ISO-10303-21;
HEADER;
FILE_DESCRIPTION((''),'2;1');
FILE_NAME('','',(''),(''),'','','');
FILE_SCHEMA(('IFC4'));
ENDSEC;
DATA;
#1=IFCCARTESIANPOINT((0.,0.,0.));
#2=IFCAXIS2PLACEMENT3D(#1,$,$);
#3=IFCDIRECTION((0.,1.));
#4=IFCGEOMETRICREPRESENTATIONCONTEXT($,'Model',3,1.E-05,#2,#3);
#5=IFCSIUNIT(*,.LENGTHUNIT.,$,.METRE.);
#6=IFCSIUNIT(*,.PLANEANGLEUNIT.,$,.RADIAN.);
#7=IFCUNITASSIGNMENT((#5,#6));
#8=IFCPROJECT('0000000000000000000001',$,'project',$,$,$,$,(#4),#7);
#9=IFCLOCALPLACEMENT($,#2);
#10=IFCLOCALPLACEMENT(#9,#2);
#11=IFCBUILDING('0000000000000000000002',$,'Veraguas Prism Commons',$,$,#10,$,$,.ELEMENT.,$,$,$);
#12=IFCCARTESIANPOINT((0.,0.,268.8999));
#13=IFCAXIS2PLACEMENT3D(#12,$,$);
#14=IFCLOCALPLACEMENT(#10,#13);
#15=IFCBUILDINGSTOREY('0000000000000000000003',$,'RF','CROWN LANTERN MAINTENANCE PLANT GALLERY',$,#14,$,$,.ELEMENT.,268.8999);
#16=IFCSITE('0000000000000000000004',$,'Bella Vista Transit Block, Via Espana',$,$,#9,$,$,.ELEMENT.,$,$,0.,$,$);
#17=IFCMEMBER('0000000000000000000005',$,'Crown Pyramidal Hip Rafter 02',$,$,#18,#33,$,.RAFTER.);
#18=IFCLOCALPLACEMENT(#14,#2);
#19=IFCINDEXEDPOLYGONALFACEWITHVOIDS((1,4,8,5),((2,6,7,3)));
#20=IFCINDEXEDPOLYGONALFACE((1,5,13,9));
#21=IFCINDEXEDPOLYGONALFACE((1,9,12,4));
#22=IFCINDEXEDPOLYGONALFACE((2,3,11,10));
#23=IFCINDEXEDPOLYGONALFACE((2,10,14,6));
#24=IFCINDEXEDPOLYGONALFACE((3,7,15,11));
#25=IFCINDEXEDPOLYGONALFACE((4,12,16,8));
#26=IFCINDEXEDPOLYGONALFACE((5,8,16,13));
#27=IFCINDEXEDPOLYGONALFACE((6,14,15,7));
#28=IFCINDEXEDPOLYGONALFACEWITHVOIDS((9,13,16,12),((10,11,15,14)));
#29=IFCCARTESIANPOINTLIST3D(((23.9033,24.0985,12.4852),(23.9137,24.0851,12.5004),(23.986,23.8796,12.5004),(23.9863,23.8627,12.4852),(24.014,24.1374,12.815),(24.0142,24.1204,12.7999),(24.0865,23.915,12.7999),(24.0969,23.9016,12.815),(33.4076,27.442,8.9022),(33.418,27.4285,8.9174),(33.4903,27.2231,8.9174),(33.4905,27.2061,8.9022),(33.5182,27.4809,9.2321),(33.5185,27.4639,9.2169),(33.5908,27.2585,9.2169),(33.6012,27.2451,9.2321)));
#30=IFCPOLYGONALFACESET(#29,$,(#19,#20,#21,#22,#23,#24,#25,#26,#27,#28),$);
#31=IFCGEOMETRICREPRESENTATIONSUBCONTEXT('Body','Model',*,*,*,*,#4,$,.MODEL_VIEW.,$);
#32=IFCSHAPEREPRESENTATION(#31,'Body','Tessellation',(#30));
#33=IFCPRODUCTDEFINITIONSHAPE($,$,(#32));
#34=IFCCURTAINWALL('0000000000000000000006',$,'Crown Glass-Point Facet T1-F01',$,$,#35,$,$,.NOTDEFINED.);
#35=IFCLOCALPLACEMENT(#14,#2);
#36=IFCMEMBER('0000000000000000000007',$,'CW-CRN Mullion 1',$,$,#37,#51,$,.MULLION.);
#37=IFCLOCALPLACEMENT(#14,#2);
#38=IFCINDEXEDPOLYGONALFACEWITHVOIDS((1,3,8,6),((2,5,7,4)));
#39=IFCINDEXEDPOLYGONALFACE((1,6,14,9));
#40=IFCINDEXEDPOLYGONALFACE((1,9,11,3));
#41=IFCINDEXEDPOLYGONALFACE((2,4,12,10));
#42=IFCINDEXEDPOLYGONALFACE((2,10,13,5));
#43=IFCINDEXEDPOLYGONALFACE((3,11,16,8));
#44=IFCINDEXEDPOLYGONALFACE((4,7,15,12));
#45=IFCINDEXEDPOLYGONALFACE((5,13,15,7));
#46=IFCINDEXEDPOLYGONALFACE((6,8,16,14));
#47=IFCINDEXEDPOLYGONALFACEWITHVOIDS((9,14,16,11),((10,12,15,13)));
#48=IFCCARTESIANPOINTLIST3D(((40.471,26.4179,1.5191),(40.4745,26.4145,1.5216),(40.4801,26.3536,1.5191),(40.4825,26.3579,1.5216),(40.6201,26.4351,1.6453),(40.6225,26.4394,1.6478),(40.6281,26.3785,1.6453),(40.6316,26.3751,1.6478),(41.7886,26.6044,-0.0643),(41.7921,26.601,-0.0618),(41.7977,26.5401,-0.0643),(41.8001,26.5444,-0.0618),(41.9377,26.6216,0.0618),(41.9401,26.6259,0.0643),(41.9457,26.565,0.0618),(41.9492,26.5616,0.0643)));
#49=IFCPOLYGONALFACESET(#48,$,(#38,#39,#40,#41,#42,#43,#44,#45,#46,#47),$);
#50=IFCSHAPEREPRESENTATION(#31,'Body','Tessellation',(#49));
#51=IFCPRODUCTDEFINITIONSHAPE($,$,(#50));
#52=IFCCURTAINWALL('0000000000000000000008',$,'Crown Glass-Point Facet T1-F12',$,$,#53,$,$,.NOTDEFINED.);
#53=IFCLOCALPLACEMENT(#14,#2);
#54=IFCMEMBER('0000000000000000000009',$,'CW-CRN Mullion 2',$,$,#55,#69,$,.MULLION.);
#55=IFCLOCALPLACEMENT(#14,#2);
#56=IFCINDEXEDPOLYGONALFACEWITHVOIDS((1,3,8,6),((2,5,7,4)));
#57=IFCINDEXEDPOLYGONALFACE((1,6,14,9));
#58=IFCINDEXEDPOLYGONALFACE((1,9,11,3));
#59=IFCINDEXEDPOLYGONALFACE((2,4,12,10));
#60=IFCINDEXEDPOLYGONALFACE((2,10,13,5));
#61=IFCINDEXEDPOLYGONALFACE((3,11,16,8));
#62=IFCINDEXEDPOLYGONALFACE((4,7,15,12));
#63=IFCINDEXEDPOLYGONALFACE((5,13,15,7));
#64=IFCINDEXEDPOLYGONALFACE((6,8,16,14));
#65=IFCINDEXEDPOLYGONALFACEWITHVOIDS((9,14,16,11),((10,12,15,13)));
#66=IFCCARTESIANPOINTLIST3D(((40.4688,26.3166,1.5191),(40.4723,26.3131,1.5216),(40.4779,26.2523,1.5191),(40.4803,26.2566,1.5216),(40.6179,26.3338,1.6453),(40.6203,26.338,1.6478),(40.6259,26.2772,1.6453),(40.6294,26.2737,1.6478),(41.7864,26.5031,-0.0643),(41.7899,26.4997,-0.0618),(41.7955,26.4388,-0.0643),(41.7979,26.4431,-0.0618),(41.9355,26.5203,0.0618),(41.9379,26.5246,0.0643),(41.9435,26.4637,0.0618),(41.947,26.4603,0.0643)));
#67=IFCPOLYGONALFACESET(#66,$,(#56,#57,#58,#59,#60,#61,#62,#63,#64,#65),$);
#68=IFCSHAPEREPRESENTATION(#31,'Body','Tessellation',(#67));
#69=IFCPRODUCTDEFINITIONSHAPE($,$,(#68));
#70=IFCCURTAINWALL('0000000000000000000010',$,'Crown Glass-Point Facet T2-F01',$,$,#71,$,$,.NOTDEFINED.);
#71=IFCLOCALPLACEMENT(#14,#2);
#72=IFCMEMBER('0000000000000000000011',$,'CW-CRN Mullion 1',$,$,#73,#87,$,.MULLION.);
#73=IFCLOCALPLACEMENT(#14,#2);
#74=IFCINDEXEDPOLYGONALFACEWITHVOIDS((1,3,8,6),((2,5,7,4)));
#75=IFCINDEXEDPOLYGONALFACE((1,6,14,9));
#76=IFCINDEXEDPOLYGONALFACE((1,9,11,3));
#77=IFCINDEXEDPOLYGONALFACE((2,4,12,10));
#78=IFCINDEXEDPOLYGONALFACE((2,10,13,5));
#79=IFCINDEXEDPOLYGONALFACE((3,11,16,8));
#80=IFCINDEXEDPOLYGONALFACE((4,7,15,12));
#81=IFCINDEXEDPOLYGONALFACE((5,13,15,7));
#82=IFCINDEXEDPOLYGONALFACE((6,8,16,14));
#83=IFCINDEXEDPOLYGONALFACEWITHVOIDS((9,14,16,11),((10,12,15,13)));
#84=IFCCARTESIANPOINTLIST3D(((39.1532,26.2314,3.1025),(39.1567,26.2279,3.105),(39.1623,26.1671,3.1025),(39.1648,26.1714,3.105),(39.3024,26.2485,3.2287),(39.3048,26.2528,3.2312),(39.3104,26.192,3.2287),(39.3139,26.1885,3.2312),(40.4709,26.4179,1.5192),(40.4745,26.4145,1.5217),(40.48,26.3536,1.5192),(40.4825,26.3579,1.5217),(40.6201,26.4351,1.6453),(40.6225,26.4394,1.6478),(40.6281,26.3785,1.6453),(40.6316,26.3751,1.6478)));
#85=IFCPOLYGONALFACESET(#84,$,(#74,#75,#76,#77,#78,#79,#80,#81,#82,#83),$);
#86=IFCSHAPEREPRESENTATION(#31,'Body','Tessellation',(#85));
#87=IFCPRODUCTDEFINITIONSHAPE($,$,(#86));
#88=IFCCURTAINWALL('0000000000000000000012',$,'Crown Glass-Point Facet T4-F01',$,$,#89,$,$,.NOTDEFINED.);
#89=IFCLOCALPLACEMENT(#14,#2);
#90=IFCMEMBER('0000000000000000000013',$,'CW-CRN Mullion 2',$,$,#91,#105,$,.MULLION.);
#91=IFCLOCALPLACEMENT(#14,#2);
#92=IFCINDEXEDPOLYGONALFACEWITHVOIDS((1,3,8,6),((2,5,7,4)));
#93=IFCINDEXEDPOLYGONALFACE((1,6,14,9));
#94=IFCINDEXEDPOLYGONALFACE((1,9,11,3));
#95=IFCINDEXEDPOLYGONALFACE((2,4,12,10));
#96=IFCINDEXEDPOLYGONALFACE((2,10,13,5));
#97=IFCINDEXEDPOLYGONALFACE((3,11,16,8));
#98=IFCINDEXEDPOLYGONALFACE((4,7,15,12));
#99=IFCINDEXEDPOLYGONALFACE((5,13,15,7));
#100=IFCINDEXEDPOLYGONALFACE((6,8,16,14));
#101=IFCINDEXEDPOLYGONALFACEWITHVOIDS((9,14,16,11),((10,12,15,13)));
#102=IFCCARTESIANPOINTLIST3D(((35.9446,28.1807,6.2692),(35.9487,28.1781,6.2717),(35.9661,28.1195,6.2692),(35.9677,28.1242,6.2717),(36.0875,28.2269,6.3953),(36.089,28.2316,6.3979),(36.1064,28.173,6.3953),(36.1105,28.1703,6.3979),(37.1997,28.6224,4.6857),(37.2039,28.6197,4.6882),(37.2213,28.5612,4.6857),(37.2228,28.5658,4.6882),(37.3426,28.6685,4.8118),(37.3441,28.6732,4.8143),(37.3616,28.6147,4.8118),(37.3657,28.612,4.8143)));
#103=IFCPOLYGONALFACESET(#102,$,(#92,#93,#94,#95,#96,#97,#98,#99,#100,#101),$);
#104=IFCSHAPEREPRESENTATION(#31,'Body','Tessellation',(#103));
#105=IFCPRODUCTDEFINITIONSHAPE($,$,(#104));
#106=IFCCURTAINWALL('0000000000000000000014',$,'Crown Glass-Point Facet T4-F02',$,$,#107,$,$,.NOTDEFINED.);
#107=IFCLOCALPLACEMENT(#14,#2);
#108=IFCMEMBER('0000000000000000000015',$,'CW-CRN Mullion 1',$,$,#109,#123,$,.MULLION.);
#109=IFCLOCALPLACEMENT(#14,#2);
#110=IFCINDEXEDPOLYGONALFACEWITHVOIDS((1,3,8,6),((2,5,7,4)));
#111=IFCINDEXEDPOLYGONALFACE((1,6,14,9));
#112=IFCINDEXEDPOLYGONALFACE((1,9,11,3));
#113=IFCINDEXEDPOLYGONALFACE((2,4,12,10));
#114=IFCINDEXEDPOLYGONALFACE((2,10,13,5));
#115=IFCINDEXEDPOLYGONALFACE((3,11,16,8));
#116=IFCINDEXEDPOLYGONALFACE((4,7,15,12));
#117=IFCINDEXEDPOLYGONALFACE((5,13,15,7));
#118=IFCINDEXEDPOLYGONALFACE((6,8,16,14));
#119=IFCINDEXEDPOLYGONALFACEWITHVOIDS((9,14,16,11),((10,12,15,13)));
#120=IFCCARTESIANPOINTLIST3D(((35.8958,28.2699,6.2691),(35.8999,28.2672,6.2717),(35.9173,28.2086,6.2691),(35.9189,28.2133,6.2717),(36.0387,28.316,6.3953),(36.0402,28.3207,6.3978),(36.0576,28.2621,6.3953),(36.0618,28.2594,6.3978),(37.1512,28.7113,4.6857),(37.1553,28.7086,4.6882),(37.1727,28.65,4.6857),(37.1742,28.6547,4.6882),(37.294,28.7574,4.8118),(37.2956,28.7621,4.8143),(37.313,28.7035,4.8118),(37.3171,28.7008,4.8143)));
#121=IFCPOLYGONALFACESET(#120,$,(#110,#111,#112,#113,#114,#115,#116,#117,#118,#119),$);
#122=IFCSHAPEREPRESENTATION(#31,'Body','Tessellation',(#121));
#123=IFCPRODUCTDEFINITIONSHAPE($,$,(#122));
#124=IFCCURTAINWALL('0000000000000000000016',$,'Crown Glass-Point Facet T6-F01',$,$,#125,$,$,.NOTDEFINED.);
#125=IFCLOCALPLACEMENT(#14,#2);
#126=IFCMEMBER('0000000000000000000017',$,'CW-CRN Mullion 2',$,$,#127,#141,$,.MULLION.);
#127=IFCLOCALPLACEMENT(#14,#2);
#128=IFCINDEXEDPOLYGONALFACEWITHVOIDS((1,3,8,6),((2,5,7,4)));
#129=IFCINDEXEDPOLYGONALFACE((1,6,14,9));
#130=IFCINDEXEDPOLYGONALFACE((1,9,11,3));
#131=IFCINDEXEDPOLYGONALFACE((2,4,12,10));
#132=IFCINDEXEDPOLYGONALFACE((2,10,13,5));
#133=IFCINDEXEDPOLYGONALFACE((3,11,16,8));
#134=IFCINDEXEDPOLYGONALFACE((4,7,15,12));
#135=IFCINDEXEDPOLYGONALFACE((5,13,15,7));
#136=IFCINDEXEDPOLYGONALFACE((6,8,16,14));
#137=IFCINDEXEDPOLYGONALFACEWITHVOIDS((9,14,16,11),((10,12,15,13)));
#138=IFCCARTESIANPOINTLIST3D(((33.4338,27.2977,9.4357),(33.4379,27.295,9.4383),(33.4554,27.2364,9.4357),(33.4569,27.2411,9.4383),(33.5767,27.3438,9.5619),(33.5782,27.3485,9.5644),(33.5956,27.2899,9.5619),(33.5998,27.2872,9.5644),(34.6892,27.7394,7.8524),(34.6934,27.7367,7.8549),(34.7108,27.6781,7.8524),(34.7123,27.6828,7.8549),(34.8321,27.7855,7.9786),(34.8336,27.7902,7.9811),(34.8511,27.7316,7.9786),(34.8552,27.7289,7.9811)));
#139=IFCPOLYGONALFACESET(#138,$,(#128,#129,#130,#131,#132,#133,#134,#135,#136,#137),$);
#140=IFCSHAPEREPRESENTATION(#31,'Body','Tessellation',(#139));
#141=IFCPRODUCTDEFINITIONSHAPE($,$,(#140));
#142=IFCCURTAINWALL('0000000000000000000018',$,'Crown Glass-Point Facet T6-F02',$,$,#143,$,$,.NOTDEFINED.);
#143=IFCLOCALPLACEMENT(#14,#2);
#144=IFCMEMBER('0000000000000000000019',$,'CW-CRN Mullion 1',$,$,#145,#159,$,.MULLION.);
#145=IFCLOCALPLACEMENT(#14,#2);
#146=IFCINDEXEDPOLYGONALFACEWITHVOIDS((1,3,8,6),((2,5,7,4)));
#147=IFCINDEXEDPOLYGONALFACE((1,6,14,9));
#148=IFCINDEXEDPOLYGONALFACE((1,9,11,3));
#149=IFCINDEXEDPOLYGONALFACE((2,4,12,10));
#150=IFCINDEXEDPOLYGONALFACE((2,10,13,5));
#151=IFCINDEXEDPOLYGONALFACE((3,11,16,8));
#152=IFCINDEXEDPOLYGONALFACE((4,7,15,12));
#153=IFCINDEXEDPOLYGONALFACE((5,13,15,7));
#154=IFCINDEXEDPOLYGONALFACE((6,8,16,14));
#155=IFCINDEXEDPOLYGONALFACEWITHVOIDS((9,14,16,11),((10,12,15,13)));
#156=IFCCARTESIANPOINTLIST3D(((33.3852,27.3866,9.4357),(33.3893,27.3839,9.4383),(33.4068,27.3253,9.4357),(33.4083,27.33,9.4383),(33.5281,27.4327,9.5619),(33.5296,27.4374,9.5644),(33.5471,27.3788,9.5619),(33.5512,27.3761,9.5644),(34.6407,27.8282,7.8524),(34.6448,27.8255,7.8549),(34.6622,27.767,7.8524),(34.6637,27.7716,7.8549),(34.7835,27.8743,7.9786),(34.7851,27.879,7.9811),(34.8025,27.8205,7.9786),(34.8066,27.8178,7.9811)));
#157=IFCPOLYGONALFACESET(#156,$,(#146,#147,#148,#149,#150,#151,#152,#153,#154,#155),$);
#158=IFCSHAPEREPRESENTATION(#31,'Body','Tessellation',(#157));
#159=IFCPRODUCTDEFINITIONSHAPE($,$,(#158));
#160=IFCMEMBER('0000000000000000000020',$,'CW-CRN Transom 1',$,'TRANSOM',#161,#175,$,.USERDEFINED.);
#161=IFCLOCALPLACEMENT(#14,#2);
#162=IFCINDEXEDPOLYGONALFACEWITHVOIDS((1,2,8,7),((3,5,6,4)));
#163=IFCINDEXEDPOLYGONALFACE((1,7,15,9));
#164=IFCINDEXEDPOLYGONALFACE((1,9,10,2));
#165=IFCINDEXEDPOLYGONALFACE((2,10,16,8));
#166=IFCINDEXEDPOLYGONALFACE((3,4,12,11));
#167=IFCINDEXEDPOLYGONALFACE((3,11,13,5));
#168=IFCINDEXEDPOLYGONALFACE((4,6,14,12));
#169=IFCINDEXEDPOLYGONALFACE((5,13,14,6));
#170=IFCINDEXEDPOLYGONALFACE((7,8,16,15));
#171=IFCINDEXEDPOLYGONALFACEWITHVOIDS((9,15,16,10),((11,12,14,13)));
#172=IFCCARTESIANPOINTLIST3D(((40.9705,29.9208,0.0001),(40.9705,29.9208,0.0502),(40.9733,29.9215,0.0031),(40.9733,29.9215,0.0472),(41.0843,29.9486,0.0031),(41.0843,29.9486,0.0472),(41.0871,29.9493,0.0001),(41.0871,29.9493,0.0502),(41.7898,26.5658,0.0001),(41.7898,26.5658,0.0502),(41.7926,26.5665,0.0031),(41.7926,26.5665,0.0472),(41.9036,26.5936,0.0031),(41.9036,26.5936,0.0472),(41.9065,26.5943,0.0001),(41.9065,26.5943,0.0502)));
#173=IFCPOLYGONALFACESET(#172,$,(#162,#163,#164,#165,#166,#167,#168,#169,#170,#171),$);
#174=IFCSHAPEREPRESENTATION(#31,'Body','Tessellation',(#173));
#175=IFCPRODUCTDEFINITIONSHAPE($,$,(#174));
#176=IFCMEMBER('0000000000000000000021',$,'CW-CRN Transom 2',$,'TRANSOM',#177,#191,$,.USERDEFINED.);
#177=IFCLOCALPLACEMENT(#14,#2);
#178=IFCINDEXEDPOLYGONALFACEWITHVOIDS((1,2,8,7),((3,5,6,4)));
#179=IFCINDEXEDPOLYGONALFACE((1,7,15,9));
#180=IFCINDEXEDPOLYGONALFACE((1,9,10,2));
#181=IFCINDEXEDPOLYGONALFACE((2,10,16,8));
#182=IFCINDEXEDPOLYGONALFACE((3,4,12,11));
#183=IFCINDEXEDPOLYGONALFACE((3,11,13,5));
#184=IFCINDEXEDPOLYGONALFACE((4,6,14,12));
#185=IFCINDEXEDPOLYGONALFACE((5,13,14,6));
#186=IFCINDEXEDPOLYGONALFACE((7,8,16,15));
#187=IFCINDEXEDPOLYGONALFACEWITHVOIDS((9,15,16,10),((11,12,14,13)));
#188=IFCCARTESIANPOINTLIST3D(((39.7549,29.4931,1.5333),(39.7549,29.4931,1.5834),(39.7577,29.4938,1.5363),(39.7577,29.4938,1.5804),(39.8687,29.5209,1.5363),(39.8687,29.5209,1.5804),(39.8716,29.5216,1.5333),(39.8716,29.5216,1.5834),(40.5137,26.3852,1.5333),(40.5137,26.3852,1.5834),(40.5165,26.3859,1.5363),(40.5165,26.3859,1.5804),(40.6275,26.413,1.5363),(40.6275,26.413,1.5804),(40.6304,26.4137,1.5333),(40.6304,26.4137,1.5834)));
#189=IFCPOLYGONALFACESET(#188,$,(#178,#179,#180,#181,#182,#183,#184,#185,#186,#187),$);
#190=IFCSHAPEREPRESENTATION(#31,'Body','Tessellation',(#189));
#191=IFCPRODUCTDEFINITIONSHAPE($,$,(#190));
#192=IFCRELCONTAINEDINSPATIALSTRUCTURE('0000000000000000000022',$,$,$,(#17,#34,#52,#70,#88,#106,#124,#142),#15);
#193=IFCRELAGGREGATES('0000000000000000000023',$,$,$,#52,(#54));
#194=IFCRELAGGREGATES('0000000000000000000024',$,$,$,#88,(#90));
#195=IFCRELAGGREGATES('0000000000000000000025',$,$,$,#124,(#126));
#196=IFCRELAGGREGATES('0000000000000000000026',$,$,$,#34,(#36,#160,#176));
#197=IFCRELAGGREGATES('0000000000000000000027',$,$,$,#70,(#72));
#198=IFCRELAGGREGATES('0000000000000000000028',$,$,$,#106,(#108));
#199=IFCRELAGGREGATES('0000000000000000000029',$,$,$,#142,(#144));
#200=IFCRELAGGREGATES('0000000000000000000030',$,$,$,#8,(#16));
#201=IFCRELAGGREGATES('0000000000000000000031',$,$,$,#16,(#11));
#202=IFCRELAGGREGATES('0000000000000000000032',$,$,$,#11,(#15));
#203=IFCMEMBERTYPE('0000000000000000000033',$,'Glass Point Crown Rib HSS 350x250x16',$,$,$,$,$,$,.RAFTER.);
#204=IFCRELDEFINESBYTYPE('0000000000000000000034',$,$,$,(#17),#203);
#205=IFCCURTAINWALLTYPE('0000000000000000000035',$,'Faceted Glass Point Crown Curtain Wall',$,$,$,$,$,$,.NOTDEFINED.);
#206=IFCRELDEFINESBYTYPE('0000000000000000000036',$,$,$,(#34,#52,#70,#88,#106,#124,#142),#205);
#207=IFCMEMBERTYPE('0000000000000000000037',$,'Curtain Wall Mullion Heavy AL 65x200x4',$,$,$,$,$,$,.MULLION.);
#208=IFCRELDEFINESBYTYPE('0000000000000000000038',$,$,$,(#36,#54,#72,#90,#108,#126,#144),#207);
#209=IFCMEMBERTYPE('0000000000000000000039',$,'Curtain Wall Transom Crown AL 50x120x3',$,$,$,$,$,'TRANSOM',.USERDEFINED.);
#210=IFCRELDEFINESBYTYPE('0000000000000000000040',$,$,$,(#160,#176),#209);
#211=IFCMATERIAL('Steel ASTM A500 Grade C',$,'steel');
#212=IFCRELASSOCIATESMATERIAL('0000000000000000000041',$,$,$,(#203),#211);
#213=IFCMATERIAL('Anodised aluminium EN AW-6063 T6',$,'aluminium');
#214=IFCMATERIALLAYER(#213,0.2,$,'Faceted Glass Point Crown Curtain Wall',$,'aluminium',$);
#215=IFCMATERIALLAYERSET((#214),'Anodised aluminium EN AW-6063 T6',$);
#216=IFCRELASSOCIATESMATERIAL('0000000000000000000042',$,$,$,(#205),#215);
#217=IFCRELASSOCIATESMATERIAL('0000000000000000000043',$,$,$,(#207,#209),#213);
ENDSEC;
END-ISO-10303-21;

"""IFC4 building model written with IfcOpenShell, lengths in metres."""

from ifc_helpers import new_model, si_unit, direction, frame, origin, origin_2d, place, context, subcontext, project, spatial, hollow_rectangle, extrude, source, transform, mapped, material, layer, layer_set, material_profile, profile_set, type_object, element, aggregate, save


model = new_model("IFC4")

# Units and contexts
model_context = context("Model", 3, precision=1e-05, world=origin(), true_north=direction((0.0, 1.0)))
body_context = subcontext(model_context, "Body", "Model", "MODEL_VIEW")
ifc_project = project(units=[si_unit("LENGTHUNIT", "METRE"), si_unit("PLANEANGLEUNIT", "RADIAN")], contexts=[model_context])

# Site, building, storey
site_placement = place(None, origin())
site = spatial("IfcSite", under=ifc_project, at=site_placement, Name="Bella Vista Transit Block, Via Espana", CompositionType="ELEMENT", RefElevation=0.0)
building_placement = place(site_placement, origin())
building = spatial("IfcBuilding", under=site, at=building_placement, Name="Veraguas Prism Commons", CompositionType="ELEMENT")
storey_placement = place(building_placement, frame((0.0, 0.0, 268.8999)))
storey = spatial("IfcBuildingStorey", under=building, at=storey_placement, Name="RF", Description="CROWN LANTERN MAINTENANCE PLANT GALLERY", CompositionType="ELEMENT", Elevation=268.8999)

# Shared definitions
ifc_material_1 = material(Name="Steel ASTM A500 Grade C", Category="steel")

# Member
ifc_material_profile_1 = material_profile(ifc_material_1, hollow_rectangle(XDim=0.25, YDim=0.3501, WallThickness=0.0161, at=origin_2d()), Name="HSS350X250X16")
ifc_profile_set_1 = profile_set([ifc_material_profile_1], Name="Steel ASTM A500 Grade C")
member_type_1 = type_object("IfcMemberType", Name="Glass Point Crown Rib HSS 350x250x16", PredefinedType="RAFTER", material=ifc_profile_set_1)
member_1_placement = place(storey_placement, frame((33.5044, 27.3435, 9.0671), z_axis=(-0.888803, -0.312668, 0.335065), x_axis=(0.33185, -0.943332, 0.0)))
element("IfcMember", 1, at=member_1_placement, inside=storey, type_object=member_type_1, Name="Crown Pyramidal Hip Rafter 02", PredefinedType="RAFTER", context=body_context, shape_type="SweptSolid", body=[
    extrude(hollow_rectangle(XDim=0.25, YDim=0.3501, WallThickness=0.0161, at=origin_2d()), origin(), (0.0, 0.0, 1.0), 10.6934),
])

# Curtain walls, members
ifc_material_2 = material(Name="Anodised aluminium EN AW-6063 T6", Category="aluminium")
ifc_layer_1 = layer(ifc_material_2, 0.2, Name="Faceted Glass Point Crown Curtain Wall", Category="aluminium")
ifc_layer_set_1 = layer_set([ifc_layer_1], Name="Anodised aluminium EN AW-6063 T6")
curtain_wall_type = type_object("IfcCurtainWallType", Name="Faceted Glass Point Crown Curtain Wall", PredefinedType="NOTDEFINED", material=ifc_layer_set_1)
curtain_wall_1_placement = place(storey_placement, origin())
curtain_wall_1 = element("IfcCurtainWall", 2, at=curtain_wall_1_placement, inside=storey, type_object=curtain_wall_type, Name="Crown Glass-Point Facet T1-F01", PredefinedType="NOTDEFINED")
ifc_material_profile_2 = material_profile(ifc_material_2, hollow_rectangle(XDim=0.0649, YDim=0.2, WallThickness=0.0039, at=origin_2d()), Name="AL65X200X4")
ifc_profile_set_2 = profile_set([ifc_material_profile_2], Name="Anodised aluminium EN AW-6063 T6")
member_type_2 = type_object("IfcMemberType", Name="Curtain Wall Mullion Heavy AL 65x200x4", PredefinedType="MULLION", material=ifc_profile_set_2)
shared_shape_1 = source(origin(), body_context, "Body", "SweptSolid", [
    extrude(hollow_rectangle(XDim=0.0649, YDim=0.2, WallThickness=0.0039, at=origin_2d()), origin(), (0.0, 0.0, 1.0), 2.0684),
])
member_2_placement = place(storey_placement, frame((41.8689, 26.583, 0.0), z_axis=(-0.637019, -0.090176, 0.765556), x_axis=(0.140163, -0.990128, 0.0)))
member_2 = element("IfcMember", 3, at=member_2_placement, type_object=member_type_2, Name="CW-CRN Mullion 1", PredefinedType="MULLION", context=body_context, shape_type="MappedRepresentation", body=[
    mapped(shared_shape_1, transform((0.0, 0.0, 0.0), scale=1.0)),
])
curtain_wall_2_placement = place(storey_placement, origin())
curtain_wall_2 = element("IfcCurtainWall", 4, at=curtain_wall_2_placement, inside=storey, type_object=curtain_wall_type, Name="Crown Glass-Point Facet T1-F12", PredefinedType="NOTDEFINED")
member_3_placement = place(storey_placement, frame((41.8667, 26.4817, 0.0), z_axis=(-0.637019, -0.090176, 0.765556), x_axis=(0.140163, -0.990128, 0.0)))
member_3 = element("IfcMember", 5, at=member_3_placement, type_object=member_type_2, Name="CW-CRN Mullion 2", PredefinedType="MULLION", context=body_context, shape_type="MappedRepresentation", body=[
    mapped(shared_shape_1, transform((0.0, 0.0, 0.0), scale=1.0)),
])
aggregate(curtain_wall_2, [member_3])
curtain_wall_3_placement = place(storey_placement, origin())
curtain_wall_3 = element("IfcCurtainWall", 6, at=curtain_wall_3_placement, inside=storey, type_object=curtain_wall_type, Name="Crown Glass-Point Facet T2-F01", PredefinedType="NOTDEFINED")
member_4_placement = place(storey_placement, frame((40.5513, 26.3965, 1.5835), z_axis=(-0.637076, -0.090185, 0.765507), x_axis=(0.140163, -0.990128, 0.0)))
member_4 = element("IfcMember", 7, at=member_4_placement, type_object=member_type_2, Name="CW-CRN Mullion 1", PredefinedType="MULLION", context=body_context, shape_type="MappedRepresentation", body=[
    mapped(shared_shape_1, transform((0.0, 0.0, 0.0), scale=1.0)),
])
curtain_wall_4_placement = place(storey_placement, origin())
curtain_wall_4 = element("IfcCurtainWall", 8, at=curtain_wall_4_placement, inside=storey, type_object=curtain_wall_type, Name="Crown Glass-Point Facet T4-F01", PredefinedType="NOTDEFINED")
member_5_placement = place(storey_placement, frame((37.2827, 28.6172, 4.75), z_axis=(-0.60684, -0.213533, 0.765603), x_axis=(0.331927, -0.943305, 0.0)))
member_5 = element("IfcMember", 9, at=member_5_placement, type_object=member_type_2, Name="CW-CRN Mullion 2", PredefinedType="MULLION", context=body_context, shape_type="MappedRepresentation", body=[
    mapped(shared_shape_1, transform((0.0, 0.0, 0.0), scale=1.0)),
])
aggregate(curtain_wall_4, [member_5])
curtain_wall_5_placement = place(storey_placement, origin())
curtain_wall_5 = element("IfcCurtainWall", 10, at=curtain_wall_5_placement, inside=storey, type_object=curtain_wall_type, Name="Crown Glass-Point Facet T4-F02", PredefinedType="NOTDEFINED")
member_6_placement = place(storey_placement, frame((37.2341, 28.7061, 4.75), z_axis=(-0.60693, -0.213405, 0.765568), x_axis=(0.331707, -0.943383, 0.0)))
member_6 = element("IfcMember", 11, at=member_6_placement, type_object=member_type_2, Name="CW-CRN Mullion 1", PredefinedType="MULLION", context=body_context, shape_type="MappedRepresentation", body=[
    mapped(shared_shape_1, transform((0.0, 0.0, 0.0), scale=1.0)),
])
curtain_wall_6_placement = place(storey_placement, origin())
curtain_wall_6 = element("IfcCurtainWall", 12, at=curtain_wall_6_placement, inside=storey, type_object=curtain_wall_type, Name="Crown Glass-Point Facet T6-F01", PredefinedType="NOTDEFINED")
member_7_placement = place(storey_placement, frame((34.7722, 27.7341, 7.9167), z_axis=(-0.60697, -0.213537, 0.7655), x_axis=(0.33187, -0.943325, 0.0)))
member_7 = element("IfcMember", 13, at=member_7_placement, type_object=member_type_2, Name="CW-CRN Mullion 2", PredefinedType="MULLION", context=body_context, shape_type="MappedRepresentation", body=[
    mapped(shared_shape_1, transform((0.0, 0.0, 0.0), scale=1.0)),
])
aggregate(curtain_wall_6, [member_7])
curtain_wall_7_placement = place(storey_placement, origin())
curtain_wall_7 = element("IfcCurtainWall", 14, at=curtain_wall_7_placement, inside=storey, type_object=curtain_wall_type, Name="Crown Glass-Point Facet T6-F02", PredefinedType="NOTDEFINED")
member_8_placement = place(storey_placement, frame((34.7236, 27.823, 7.9167), z_axis=(-0.60697, -0.213537, 0.7655), x_axis=(0.33187, -0.943325, 0.0)))
member_8 = element("IfcMember", 15, at=member_8_placement, type_object=member_type_2, Name="CW-CRN Mullion 1", PredefinedType="MULLION", context=body_context, shape_type="MappedRepresentation", body=[
    mapped(shared_shape_1, transform((0.0, 0.0, 0.0), scale=1.0)),
])

# Members
ifc_material_profile_3 = material_profile(ifc_material_2, hollow_rectangle(XDim=0.05, YDim=0.1201, WallThickness=0.0029, at=origin_2d()), Name="AL50X120X3")
ifc_profile_set_3 = profile_set([ifc_material_profile_3], Name="Anodised aluminium EN AW-6063 T6")
member_type_3 = type_object("IfcMemberType", Name="Curtain Wall Transom Crown AL 50x120x3", ElementType="TRANSOM", PredefinedType="USERDEFINED", material=ifc_profile_set_3)
shared_shape_2 = source(origin(), body_context, "Body", "SweptSolid", [
    extrude(hollow_rectangle(XDim=0.05, YDim=0.1201, WallThickness=0.0029, at=origin_2d()), origin(), (0.0, 0.0, 1.0), 3.4536),
])
member_9_placement = place(storey_placement, frame((41.8481, 26.5801, 0.0251), z_axis=(-0.237243, 0.97145, 0.0), x_axis=(0.0, 0.0, 1.0)))
member_9 = element("IfcMember", 16, at=member_9_placement, type_object=member_type_3, Name="CW-CRN Transom 1", ObjectType="TRANSOM", PredefinedType="USERDEFINED", context=body_context, shape_type="MappedRepresentation", body=[
    mapped(shared_shape_2, transform((0.0, 0.0, 0.0), scale=1.0)),
])
shared_shape_3 = source(origin(), body_context, "Body", "SweptSolid", [
    extrude(hollow_rectangle(XDim=0.05, YDim=0.1201, WallThickness=0.0029, at=origin_2d()), origin(), (0.0, 0.0, 1.0), 3.1992),
])
member_10_placement = place(storey_placement, frame((40.572, 26.3994, 1.5583), z_axis=(-0.237181, 0.971465, 0.0), x_axis=(0.0, 0.0, 1.0)))
member_10 = element("IfcMember", 17, at=member_10_placement, type_object=member_type_3, Name="CW-CRN Transom 2", ObjectType="TRANSOM", PredefinedType="USERDEFINED", context=body_context, shape_type="MappedRepresentation", body=[
    mapped(shared_shape_3, transform((0.0, 0.0, 0.0), scale=1.0)),
])

aggregate(curtain_wall_1, [member_2, member_9, member_10])
aggregate(curtain_wall_3, [member_4])
aggregate(curtain_wall_5, [member_6])
aggregate(curtain_wall_7, [member_8])

save(model, "model.ifc")
